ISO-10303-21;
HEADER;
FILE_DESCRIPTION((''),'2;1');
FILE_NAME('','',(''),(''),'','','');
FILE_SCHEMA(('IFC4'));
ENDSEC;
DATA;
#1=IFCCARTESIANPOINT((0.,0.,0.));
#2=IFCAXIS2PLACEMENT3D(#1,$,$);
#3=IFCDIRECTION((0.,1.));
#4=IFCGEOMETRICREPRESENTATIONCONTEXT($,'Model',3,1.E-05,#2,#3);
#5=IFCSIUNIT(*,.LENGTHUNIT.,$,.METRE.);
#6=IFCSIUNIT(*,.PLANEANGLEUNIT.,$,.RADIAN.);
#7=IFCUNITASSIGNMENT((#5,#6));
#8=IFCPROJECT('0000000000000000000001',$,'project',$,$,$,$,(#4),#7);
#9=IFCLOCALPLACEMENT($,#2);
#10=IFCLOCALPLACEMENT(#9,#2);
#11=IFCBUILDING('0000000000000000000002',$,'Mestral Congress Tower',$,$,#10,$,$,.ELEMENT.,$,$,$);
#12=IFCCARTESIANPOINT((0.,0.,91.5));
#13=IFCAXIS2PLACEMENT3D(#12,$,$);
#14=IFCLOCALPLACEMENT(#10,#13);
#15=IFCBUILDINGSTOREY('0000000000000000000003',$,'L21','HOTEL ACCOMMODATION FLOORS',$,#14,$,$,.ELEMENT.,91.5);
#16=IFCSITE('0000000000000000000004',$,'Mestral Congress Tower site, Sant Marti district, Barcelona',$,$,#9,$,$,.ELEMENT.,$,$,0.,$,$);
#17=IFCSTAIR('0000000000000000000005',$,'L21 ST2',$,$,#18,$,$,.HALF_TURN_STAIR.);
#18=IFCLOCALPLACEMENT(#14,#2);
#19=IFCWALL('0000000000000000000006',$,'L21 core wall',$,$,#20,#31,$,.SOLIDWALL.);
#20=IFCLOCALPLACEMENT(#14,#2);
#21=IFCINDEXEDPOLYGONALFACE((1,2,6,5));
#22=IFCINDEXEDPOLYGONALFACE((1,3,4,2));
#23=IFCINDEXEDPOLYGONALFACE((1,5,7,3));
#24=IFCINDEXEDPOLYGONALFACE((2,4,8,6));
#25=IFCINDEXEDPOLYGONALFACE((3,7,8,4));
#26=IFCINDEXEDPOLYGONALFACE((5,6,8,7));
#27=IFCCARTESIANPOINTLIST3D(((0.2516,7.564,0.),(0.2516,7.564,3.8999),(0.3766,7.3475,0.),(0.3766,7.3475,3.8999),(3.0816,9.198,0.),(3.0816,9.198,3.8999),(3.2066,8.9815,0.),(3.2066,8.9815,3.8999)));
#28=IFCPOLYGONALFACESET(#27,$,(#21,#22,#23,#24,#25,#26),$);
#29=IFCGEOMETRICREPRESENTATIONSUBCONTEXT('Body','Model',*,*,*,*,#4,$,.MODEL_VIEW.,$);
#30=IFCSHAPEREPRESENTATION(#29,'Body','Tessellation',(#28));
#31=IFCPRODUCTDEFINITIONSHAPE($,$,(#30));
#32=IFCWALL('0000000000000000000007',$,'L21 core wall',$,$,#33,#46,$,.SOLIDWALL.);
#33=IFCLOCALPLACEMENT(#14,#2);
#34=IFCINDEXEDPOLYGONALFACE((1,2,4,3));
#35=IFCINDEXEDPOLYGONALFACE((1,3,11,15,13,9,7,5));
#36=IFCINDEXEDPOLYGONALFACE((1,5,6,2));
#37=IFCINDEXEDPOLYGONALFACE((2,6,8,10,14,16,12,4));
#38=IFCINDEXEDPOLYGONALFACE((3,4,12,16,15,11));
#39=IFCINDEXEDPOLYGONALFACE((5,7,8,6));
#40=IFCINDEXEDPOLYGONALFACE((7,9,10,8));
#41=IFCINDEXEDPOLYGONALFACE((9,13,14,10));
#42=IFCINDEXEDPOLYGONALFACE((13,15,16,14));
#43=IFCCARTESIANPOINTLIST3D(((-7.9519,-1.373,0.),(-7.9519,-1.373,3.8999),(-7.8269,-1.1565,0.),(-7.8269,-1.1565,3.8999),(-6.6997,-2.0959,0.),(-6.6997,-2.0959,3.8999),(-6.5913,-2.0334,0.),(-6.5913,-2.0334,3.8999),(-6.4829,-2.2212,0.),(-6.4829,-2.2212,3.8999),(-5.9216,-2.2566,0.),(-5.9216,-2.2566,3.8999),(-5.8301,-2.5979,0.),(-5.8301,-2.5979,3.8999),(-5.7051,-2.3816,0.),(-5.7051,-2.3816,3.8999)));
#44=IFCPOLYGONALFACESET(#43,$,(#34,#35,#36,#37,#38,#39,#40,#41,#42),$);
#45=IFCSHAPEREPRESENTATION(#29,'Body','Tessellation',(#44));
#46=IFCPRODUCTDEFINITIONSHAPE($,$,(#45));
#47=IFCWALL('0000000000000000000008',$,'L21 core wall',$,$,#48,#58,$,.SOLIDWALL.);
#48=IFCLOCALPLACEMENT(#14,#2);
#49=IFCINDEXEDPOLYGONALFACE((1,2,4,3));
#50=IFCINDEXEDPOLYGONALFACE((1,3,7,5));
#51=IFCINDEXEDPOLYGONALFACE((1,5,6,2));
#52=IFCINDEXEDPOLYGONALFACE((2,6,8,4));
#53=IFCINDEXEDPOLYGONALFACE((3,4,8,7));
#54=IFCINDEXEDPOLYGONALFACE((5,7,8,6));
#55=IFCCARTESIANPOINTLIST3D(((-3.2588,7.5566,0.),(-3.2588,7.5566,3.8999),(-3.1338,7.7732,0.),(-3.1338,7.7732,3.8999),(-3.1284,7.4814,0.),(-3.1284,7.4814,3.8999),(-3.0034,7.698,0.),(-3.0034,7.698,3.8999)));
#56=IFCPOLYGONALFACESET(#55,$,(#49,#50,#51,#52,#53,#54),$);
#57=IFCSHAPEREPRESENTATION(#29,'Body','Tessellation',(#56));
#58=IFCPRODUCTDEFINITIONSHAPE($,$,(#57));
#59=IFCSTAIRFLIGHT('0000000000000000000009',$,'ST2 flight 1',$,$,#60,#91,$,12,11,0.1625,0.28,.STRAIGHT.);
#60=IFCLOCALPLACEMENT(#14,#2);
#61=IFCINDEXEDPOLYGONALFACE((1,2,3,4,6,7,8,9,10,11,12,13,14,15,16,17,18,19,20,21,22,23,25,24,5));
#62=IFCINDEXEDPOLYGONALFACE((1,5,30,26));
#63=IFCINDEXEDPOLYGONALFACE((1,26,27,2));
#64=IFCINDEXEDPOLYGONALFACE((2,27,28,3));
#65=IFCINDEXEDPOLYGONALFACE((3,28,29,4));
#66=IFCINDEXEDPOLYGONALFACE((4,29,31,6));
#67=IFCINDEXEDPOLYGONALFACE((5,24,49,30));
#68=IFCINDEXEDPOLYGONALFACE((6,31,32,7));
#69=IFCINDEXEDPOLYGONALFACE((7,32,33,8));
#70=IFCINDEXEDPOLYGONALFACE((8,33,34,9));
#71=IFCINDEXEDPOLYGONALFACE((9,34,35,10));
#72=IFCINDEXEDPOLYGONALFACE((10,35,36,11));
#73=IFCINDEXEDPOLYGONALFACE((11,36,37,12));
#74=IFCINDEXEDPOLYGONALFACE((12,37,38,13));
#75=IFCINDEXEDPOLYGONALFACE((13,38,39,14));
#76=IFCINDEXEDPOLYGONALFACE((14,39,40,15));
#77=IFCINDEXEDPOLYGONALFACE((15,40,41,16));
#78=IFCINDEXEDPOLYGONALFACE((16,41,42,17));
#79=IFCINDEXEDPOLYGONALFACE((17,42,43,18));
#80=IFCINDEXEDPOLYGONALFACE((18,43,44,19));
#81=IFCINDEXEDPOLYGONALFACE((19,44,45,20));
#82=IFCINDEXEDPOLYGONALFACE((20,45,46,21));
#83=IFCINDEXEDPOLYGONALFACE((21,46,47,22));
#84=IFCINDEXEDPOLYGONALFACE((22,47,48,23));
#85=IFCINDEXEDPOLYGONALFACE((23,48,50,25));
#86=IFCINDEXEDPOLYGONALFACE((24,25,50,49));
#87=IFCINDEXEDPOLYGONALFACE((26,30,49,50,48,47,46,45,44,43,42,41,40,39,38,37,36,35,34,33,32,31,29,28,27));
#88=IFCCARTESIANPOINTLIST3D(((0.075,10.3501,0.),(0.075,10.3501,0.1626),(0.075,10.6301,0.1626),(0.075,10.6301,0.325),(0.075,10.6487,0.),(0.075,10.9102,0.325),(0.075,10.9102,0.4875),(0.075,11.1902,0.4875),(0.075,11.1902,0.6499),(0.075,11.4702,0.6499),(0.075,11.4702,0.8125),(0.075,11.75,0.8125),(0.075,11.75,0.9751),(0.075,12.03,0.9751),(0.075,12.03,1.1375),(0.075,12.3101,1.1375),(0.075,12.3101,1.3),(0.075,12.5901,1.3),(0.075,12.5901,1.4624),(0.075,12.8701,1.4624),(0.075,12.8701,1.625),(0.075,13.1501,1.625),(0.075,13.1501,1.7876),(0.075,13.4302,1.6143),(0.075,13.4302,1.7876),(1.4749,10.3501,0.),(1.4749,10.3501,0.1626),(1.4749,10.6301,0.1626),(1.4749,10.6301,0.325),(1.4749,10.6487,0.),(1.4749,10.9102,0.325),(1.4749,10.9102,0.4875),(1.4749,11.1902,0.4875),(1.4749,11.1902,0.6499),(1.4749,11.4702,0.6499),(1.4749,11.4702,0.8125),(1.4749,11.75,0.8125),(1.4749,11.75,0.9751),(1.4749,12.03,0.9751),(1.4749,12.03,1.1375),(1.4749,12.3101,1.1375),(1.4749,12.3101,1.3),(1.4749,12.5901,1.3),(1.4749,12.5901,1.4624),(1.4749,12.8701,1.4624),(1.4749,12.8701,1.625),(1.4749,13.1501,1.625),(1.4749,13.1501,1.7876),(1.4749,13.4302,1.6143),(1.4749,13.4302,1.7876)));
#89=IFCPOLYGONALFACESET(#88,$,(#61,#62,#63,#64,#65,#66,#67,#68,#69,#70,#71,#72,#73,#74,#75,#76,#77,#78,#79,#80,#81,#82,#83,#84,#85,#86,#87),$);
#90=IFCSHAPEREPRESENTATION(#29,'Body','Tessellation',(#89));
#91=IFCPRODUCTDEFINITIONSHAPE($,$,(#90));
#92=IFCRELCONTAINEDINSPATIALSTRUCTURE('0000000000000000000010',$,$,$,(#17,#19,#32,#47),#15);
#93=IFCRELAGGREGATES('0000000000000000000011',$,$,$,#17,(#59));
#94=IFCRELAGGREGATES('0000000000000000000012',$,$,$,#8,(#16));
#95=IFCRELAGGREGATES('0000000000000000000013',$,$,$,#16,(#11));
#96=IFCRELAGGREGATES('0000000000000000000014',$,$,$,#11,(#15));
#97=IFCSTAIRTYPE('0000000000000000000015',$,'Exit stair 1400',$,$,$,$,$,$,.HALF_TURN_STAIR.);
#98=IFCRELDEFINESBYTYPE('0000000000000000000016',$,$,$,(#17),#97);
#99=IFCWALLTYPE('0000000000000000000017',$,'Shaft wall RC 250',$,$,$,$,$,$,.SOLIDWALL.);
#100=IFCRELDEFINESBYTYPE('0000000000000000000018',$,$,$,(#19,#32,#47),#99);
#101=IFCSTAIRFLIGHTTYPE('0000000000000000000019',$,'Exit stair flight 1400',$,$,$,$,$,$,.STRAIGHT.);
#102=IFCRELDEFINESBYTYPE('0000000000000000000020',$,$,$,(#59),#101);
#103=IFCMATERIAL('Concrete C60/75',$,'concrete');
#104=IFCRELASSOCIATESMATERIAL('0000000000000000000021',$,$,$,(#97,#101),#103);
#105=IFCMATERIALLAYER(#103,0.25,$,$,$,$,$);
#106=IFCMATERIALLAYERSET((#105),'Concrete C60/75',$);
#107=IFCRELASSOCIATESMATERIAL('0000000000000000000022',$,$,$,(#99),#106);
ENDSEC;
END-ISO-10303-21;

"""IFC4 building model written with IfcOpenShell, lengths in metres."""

from ifc_helpers import new_model, si_unit, direction, frame, frame_2d, origin, place, context, subcontext, project, spatial, polyline, rectangle, outline, extrude, material, layer, layer_set, type_object, element, aggregate, save


model = new_model("IFC4")

# Units and contexts
model_context = context("Model", 3, precision=1e-05, world=origin(), true_north=direction((0.0, 1.0)))
body_context = subcontext(model_context, "Body", "Model", "MODEL_VIEW")
ifc_project = project(units=[si_unit("LENGTHUNIT", "METRE"), si_unit("PLANEANGLEUNIT", "RADIAN")], contexts=[model_context])

# Site, building, storey
site_placement = place(None, origin())
site = spatial("IfcSite", under=ifc_project, at=site_placement, Name="Mestral Congress Tower site, Sant Marti district, Barcelona", CompositionType="ELEMENT", RefElevation=0.0)
building_placement = place(site_placement, origin())
building = spatial("IfcBuilding", under=site, at=building_placement, Name="Mestral Congress Tower", CompositionType="ELEMENT")
storey_placement = place(building_placement, frame((0.0, 0.0, 91.5)))
storey = spatial("IfcBuildingStorey", under=building, at=storey_placement, Name="L21", Description="HOTEL ACCOMMODATION FLOORS", CompositionType="ELEMENT", Elevation=91.5)

# Shared definitions
ifc_material_1 = material(Name="Concrete C60/75", Category="concrete")

# Stair
stair_type = type_object("IfcStairType", Name="Exit stair 1400", PredefinedType="HALF_TURN_STAIR", material=ifc_material_1)
placement_1 = place(storey_placement, origin())
stair_1 = element("IfcStair", 1, at=placement_1, inside=storey, type_object=stair_type, Name="L21 ST2", PredefinedType="HALF_TURN_STAIR")

# Walls
ifc_layer_1 = layer(ifc_material_1, 0.25)
ifc_layer_set_1 = layer_set([ifc_layer_1], Name="Concrete C60/75")
wall_type_1 = type_object("IfcWallType", Name="Shaft wall RC 250", PredefinedType="SOLIDWALL", material=ifc_layer_set_1)
wall_1_placement = place(storey_placement, frame((0.3142, 7.4558, 0.0), z_axis=(0.0, 0.0, 1.0), x_axis=(0.866014, 0.50002, 0.0)))
element("IfcWall", 2, at=wall_1_placement, inside=storey, type_object=wall_type_1, Name="L21 core wall", PredefinedType="SOLIDWALL", context=body_context, shape_type="SweptSolid", body=[
    extrude(rectangle(XDim=3.2678, YDim=0.25, at=frame_2d((1.6338, 0.0))), origin(), (0.0, 0.0, 1.0), 3.8999),
])
element("IfcWall", 3, at=placement_1, inside=storey, type_object=wall_type_1, Name="L21 core wall", PredefinedType="SOLIDWALL", context=body_context, shape_type="SweptSolid", body=[
    extrude(outline(polyline([(-5.9216, -2.2566), (-5.9216, -2.2566), (-5.7051, -2.3816), (-5.8301, -2.5979), (-6.4829, -2.2212), (-6.5913, -2.0334), (-6.5913, -2.0334), (-6.6997, -2.0959), (-7.9519, -1.373), (-7.8269, -1.1565), (-5.9216, -2.2566)])), origin(), (0.0, 0.0, 1.0), 3.8999),
])
element("IfcWall", 4, at=placement_1, inside=storey, type_object=wall_type_1, Name="L21 core wall", PredefinedType="SOLIDWALL", context=body_context, shape_type="SweptSolid", body=[
    extrude(outline(polyline([(-3.1284, 7.4814), (-3.2588, 7.5566), (-3.1338, 7.7732), (-3.0034, 7.698), (-3.1284, 7.4814)])), origin(), (0.0, 0.0, 1.0), 3.8999),
])

# Stair flight
stair_flight_type = type_object("IfcStairFlightType", Name="Exit stair flight 1400", PredefinedType="STRAIGHT", material=ifc_material_1)
stair_flight_placement = place(storey_placement, frame((0.7749, 10.3501, 0.0), z_axis=(0.0, 0.0, 1.0), x_axis=(0.0, 1.0, 0.0)))
stair_flight = element("IfcStairFlight", 5, at=stair_flight_placement, type_object=stair_flight_type, Name="ST2 flight 1", NumberOfRisers=12, NumberOfTreads=11, PredefinedType="STRAIGHT", RiserHeight=0.1625, TreadLength=0.28, context=body_context, shape_type="SweptSolid", body=[
    extrude(outline(polyline([(0.0, 0.0), (0.0, 0.1626), (0.28, 0.1626), (0.28, 0.325), (0.5601, 0.325), (0.5601, 0.4875), (0.8401, 0.4875), (0.8401, 0.6499), (1.1201, 0.6499), (1.1201, 0.8125), (1.3999, 0.8125), (1.3999, 0.9751), (1.6799, 0.9751), (1.6799, 1.1375), (1.96, 1.1375), (1.96, 1.3), (2.24, 1.3), (2.24, 1.4624), (2.52, 1.4624), (2.52, 1.625), (2.8, 1.625), (2.8, 1.7876), (3.0801, 1.7876), (3.0801, 1.95), (3.0801, 1.6143), (0.2986, 0.0), (0.0, 0.0)])), frame((0.0, 0.7, 0.0), z_axis=(0.0, -1.0, 0.0), x_axis=(1.0, 0.0, 0.0)), (0.0, 0.0, 1.0), 1.3999),
])
aggregate(stair_1, [stair_flight])

save(model, "model.ifc")
